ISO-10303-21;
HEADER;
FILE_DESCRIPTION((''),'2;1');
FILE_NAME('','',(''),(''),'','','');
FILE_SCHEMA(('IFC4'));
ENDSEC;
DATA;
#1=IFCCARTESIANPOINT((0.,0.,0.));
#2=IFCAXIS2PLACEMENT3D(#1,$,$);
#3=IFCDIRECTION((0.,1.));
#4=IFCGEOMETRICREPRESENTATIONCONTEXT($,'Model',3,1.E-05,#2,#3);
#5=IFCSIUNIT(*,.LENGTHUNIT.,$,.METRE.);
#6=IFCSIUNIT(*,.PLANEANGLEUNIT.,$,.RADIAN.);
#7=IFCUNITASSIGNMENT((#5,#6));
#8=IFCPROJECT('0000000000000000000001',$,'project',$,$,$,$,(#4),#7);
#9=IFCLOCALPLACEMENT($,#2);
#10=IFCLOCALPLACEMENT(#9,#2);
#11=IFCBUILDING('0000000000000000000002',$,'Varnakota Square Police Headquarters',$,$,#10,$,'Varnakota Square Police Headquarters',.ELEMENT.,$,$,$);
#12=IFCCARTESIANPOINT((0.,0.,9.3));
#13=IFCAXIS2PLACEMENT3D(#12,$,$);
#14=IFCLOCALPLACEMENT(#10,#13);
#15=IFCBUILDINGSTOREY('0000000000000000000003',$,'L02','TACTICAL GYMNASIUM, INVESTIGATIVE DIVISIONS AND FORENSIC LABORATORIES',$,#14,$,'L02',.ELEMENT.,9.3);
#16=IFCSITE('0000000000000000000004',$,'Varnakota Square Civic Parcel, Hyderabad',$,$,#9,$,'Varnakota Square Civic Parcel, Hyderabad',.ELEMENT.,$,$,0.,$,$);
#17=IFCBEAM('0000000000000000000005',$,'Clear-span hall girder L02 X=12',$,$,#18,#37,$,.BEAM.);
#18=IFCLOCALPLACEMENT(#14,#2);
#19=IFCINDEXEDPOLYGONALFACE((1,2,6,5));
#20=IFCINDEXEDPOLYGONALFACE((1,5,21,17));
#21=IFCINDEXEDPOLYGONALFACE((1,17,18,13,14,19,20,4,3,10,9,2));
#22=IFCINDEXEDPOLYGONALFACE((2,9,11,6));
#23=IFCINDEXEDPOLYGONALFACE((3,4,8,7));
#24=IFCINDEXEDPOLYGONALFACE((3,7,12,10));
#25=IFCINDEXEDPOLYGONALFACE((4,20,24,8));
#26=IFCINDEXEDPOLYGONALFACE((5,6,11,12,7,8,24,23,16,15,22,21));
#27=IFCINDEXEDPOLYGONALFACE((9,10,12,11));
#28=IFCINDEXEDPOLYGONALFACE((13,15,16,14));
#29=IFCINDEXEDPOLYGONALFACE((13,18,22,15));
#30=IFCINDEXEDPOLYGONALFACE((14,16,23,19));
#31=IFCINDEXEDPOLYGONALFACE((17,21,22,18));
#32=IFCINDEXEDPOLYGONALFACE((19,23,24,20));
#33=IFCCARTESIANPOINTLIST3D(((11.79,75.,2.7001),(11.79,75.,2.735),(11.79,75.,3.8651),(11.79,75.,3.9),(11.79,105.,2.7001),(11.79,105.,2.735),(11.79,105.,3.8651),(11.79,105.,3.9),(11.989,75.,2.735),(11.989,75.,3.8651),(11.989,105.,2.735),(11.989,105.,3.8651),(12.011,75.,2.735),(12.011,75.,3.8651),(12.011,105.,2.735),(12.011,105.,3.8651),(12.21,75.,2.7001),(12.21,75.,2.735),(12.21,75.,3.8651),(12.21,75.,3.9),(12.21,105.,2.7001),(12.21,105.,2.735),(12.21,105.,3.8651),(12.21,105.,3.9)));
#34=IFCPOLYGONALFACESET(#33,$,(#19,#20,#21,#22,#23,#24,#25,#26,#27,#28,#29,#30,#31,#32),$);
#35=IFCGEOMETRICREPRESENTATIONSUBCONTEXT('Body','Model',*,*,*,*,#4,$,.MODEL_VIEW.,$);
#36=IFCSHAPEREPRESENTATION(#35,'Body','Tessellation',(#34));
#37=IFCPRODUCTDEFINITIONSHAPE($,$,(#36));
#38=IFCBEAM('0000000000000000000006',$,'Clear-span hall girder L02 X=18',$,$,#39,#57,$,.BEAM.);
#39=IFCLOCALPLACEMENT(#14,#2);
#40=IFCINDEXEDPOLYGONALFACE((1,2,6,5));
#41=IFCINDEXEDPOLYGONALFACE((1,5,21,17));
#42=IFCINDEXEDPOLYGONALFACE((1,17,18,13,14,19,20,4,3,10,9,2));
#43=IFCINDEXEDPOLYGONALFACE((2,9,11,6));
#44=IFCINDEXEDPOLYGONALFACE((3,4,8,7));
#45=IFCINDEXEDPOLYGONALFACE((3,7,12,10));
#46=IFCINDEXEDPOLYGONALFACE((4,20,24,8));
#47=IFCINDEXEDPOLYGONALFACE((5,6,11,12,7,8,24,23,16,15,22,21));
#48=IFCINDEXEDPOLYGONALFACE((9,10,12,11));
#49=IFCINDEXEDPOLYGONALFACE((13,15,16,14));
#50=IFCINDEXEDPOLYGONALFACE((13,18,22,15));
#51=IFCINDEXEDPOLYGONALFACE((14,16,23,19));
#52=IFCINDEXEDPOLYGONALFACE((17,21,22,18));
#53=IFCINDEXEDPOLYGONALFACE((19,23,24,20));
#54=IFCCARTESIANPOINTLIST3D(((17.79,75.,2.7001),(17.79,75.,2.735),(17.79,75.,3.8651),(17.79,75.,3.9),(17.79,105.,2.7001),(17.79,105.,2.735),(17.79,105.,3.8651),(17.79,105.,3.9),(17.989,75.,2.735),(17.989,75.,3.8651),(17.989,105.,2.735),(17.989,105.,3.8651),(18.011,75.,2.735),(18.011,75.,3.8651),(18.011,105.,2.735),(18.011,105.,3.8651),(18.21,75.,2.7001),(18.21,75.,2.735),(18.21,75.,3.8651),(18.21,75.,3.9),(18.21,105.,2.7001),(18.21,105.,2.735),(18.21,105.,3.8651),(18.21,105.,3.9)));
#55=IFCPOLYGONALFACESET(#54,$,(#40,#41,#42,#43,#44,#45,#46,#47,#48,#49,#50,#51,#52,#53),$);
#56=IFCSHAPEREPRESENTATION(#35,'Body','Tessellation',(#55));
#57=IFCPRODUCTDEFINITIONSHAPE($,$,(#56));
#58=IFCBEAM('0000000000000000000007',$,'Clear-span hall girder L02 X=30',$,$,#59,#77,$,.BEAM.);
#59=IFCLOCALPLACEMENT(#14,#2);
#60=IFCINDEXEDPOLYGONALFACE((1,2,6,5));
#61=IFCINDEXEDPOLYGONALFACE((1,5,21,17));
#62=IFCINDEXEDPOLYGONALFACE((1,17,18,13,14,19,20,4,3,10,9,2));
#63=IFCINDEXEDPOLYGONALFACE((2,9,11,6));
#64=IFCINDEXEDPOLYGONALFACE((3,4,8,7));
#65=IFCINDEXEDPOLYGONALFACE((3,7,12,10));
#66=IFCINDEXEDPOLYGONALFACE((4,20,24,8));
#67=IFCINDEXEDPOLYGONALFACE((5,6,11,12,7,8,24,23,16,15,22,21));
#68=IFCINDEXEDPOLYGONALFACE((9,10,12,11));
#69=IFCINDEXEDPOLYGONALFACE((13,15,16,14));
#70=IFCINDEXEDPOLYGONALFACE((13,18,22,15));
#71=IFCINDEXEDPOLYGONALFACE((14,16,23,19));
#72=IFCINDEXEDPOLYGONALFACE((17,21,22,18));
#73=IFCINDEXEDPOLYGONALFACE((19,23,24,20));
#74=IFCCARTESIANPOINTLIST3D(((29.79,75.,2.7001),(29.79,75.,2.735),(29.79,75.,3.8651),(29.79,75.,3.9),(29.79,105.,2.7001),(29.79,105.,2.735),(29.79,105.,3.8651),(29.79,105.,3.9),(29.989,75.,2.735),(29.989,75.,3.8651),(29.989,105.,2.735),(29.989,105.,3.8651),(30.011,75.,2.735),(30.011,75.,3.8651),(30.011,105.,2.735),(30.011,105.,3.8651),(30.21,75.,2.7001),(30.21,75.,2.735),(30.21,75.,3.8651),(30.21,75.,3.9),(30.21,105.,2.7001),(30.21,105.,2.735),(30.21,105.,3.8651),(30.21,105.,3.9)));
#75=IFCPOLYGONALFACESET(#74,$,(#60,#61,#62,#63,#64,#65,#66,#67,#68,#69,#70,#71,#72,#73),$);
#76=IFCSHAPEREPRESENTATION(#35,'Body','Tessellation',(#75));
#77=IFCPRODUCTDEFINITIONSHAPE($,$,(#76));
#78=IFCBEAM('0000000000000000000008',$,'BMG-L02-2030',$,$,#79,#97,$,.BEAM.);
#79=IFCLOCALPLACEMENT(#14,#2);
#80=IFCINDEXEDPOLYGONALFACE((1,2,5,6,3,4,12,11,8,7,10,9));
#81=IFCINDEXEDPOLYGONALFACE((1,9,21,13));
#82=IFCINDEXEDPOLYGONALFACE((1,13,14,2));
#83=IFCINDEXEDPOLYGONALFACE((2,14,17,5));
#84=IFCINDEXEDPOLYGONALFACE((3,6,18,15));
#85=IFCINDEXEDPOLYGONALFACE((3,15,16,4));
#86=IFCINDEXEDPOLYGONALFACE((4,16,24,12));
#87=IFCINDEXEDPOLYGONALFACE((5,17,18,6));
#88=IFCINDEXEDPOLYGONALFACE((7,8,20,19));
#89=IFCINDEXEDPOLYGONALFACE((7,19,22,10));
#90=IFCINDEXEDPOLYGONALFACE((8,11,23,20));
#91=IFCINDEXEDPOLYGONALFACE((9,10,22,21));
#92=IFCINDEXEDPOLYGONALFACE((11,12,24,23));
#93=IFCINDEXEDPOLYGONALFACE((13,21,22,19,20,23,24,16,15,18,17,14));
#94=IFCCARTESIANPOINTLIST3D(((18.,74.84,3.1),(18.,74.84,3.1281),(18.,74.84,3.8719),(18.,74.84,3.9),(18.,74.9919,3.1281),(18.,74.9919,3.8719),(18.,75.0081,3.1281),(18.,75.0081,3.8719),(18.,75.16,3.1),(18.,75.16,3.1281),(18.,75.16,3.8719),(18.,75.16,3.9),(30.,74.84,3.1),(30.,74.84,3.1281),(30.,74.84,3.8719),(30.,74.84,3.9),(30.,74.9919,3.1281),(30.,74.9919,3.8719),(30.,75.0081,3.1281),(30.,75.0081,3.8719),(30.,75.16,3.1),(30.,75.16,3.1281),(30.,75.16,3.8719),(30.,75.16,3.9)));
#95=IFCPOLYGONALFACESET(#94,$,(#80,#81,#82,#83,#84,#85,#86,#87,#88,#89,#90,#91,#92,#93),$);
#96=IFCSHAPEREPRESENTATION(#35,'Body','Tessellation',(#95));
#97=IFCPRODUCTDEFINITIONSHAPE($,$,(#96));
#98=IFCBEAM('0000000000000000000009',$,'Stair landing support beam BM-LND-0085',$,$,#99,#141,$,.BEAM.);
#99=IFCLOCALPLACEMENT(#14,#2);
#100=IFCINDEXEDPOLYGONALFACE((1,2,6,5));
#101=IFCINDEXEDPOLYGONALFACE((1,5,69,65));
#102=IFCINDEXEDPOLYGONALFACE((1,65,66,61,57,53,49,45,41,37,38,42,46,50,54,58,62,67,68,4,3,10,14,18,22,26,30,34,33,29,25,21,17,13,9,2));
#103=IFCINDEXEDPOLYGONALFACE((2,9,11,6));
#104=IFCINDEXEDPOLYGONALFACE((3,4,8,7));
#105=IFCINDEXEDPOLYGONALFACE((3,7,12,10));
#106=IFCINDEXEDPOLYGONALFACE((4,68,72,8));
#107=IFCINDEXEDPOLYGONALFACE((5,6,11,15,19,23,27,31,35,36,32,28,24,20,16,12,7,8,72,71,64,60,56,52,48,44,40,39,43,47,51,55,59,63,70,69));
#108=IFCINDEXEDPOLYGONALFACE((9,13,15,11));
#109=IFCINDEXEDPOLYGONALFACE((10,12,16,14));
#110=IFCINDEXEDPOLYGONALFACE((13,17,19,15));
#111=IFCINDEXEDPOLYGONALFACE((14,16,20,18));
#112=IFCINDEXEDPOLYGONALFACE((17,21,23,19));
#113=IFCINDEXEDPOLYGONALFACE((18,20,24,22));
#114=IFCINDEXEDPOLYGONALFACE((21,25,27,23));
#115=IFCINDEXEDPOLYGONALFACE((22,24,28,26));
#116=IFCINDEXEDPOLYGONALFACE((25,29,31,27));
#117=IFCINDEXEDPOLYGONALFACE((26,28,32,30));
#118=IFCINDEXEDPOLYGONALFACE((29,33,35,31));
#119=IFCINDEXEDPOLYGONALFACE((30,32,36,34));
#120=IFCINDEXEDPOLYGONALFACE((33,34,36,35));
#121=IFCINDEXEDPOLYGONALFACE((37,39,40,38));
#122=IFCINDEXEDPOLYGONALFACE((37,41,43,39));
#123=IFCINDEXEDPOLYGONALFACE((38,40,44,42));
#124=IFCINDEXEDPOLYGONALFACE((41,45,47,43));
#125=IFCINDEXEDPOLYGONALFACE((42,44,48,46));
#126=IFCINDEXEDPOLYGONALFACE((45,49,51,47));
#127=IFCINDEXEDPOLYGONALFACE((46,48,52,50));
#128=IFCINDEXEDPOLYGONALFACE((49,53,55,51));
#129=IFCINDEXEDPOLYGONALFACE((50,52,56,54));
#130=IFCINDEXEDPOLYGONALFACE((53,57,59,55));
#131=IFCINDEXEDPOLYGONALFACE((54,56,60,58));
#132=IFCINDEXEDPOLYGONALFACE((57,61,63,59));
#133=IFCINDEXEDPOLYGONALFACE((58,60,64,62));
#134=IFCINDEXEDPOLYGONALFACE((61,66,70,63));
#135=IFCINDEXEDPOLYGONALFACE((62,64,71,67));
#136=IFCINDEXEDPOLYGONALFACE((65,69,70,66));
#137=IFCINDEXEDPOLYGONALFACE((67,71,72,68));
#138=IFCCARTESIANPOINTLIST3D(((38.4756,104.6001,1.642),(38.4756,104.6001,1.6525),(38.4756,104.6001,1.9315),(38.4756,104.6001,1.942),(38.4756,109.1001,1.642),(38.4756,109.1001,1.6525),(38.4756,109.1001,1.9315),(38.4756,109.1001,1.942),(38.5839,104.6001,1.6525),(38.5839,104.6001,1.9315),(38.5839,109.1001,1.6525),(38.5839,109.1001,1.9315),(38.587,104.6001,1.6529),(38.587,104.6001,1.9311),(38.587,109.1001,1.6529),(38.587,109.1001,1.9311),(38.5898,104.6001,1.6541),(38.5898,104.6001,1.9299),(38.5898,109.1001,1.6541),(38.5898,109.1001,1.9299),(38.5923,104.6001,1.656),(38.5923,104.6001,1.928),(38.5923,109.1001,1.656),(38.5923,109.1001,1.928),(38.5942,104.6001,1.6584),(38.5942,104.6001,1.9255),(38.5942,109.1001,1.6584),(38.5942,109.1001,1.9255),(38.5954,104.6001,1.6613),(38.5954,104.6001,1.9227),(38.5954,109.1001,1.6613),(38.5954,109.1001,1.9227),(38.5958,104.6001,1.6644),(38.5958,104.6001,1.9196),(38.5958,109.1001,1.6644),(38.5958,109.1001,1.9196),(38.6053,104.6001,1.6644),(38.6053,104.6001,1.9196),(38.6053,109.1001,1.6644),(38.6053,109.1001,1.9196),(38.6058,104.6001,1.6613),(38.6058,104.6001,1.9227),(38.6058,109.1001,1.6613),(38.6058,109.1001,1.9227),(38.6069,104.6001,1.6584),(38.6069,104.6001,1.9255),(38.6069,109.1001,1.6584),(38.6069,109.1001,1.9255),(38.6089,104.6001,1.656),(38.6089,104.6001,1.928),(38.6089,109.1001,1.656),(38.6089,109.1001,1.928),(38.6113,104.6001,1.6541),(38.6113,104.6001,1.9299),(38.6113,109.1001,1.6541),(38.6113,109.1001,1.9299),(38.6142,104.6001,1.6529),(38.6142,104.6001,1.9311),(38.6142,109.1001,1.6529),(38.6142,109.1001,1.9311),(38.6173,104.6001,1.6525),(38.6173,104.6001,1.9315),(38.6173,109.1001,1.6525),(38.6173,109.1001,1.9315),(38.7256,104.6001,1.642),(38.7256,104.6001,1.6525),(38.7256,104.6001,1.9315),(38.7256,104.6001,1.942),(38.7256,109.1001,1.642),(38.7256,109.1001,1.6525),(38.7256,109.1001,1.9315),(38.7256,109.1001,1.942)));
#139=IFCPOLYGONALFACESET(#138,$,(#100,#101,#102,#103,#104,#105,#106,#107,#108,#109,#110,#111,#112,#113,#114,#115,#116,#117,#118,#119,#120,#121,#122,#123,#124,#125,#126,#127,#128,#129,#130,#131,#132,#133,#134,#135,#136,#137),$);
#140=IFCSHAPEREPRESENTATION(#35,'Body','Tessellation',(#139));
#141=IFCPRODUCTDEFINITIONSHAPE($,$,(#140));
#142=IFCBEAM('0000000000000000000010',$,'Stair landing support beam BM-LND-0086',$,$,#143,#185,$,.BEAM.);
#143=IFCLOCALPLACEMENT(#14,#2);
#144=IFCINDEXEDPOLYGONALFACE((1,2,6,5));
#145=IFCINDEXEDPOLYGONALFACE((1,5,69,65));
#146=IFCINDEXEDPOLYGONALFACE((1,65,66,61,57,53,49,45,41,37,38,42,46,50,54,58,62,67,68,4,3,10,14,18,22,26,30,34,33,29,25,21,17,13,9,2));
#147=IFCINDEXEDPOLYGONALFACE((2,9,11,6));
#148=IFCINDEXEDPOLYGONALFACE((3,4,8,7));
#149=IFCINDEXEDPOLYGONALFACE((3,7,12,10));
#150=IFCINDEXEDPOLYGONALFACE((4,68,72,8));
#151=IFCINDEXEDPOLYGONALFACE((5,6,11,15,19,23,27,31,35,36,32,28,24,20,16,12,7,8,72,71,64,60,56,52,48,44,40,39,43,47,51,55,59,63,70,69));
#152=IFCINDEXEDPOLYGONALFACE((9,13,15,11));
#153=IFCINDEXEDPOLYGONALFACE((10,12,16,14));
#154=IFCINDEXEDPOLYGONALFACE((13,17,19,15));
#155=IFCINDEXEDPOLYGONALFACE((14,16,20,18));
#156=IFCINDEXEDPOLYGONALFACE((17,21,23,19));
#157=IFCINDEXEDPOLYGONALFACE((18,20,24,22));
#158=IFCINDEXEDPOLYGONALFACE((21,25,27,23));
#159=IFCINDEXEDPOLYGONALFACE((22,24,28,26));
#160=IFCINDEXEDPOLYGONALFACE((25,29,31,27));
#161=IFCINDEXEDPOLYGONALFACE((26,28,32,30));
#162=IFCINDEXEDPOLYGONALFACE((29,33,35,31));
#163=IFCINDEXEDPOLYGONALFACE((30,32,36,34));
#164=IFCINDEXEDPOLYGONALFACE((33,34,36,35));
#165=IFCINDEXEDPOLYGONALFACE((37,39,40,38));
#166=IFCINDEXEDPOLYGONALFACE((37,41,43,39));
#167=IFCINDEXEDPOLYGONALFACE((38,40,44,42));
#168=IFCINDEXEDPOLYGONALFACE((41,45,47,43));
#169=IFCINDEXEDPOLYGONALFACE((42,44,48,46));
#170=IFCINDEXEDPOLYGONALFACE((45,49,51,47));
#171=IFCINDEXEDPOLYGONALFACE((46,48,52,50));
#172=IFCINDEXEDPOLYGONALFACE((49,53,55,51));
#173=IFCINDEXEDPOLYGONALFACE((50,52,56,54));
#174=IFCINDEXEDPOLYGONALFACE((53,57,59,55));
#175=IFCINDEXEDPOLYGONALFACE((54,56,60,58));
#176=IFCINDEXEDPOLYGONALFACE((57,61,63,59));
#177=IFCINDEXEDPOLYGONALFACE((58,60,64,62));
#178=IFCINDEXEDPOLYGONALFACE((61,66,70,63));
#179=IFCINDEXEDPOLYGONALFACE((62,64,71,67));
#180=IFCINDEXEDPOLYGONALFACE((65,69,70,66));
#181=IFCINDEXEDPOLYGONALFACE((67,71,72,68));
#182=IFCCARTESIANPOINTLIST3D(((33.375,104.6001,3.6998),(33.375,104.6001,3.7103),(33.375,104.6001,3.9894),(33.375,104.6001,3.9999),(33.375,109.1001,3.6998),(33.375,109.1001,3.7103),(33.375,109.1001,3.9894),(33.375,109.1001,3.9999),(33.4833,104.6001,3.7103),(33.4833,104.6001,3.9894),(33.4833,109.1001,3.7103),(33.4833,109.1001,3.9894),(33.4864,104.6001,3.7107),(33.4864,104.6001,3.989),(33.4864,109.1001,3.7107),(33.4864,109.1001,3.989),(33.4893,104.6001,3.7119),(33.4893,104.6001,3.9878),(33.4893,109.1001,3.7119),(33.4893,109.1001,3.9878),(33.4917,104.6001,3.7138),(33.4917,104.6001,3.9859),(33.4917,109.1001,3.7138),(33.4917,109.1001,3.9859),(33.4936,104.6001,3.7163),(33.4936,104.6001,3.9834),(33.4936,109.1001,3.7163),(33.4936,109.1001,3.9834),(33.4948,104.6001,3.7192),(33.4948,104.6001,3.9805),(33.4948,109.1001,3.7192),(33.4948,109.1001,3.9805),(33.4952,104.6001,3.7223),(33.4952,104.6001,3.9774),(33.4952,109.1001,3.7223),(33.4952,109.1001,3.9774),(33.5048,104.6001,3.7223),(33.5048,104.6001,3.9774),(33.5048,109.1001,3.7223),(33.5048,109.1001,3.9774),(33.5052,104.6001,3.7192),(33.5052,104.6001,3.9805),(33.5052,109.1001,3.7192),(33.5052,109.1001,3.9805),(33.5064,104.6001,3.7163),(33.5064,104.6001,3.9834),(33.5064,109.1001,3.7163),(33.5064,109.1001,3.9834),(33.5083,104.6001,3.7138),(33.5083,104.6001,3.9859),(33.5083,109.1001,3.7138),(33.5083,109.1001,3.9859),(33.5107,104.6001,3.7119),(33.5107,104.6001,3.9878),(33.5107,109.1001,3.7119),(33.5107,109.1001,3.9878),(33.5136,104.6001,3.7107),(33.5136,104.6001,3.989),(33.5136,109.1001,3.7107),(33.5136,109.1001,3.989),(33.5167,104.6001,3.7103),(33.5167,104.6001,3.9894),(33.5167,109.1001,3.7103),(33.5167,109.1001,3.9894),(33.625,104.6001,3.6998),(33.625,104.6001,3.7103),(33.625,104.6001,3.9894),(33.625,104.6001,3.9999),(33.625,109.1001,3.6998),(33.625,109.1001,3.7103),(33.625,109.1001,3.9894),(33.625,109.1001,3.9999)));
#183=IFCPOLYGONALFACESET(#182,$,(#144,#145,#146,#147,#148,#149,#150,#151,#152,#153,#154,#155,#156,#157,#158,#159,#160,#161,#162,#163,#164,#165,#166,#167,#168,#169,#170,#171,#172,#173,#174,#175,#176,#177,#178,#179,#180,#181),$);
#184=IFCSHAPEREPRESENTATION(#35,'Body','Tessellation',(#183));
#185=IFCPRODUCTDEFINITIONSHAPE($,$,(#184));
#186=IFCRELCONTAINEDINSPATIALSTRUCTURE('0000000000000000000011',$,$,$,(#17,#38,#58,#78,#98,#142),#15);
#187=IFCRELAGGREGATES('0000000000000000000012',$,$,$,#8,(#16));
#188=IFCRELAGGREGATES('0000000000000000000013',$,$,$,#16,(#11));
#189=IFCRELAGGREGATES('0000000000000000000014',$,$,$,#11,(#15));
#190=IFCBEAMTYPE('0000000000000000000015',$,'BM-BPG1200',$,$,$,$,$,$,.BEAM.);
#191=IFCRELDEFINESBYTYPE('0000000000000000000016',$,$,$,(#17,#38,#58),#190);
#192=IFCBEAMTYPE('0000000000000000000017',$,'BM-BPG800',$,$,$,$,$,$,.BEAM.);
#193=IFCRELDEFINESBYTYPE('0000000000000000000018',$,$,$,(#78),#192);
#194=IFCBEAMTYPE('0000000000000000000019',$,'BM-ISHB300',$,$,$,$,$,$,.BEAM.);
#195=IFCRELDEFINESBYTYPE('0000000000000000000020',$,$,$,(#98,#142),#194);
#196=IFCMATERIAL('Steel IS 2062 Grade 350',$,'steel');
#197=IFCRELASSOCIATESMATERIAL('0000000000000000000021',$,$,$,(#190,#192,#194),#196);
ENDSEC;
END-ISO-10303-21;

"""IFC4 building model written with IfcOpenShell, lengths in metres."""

from ifc_helpers import new_model, si_unit, direction, frame, origin, origin_2d, place, context, subcontext, project, spatial, i_section, extrude, material, material_profile, profile_set, type_object, element, save


model = new_model("IFC4")

# Units and contexts
model_context = context("Model", 3, precision=1e-05, world=origin(), true_north=direction((0.0, 1.0)))
body_context = subcontext(model_context, "Body", "Model", "MODEL_VIEW")
ifc_project = project(units=[si_unit("LENGTHUNIT", "METRE"), si_unit("PLANEANGLEUNIT", "RADIAN")], contexts=[model_context])

# Site, building, storey
site_placement = place(None, origin())
site = spatial("IfcSite", under=ifc_project, at=site_placement, Name="Varnakota Square Civic Parcel, Hyderabad", LongName="Varnakota Square Civic Parcel, Hyderabad", CompositionType="ELEMENT", RefElevation=0.0)
building_placement = place(site_placement, origin())
building = spatial("IfcBuilding", under=site, at=building_placement, Name="Varnakota Square Police Headquarters", LongName="Varnakota Square Police Headquarters", CompositionType="ELEMENT")
storey_placement = place(building_placement, frame((0.0, 0.0, 9.3)))
storey = spatial("IfcBuildingStorey", under=building, at=storey_placement, Name="L02", Description="TACTICAL GYMNASIUM, INVESTIGATIVE DIVISIONS AND FORENSIC LABORATORIES", LongName="L02", CompositionType="ELEMENT", Elevation=9.3)

# Shared definitions
ifc_material_1 = material(Name="Steel IS 2062 Grade 350", Category="steel")

# Beams
ifc_material_profile_1 = material_profile(ifc_material_1, i_section(OverallWidth=0.4199, OverallDepth=1.2, WebThickness=0.022, FlangeThickness=0.0349, at=origin_2d()), Name="BPG 1200x420")
ifc_profile_set_1 = profile_set([ifc_material_profile_1], Name="Steel IS 2062 Grade 350")
beam_type_1 = type_object("IfcBeamType", Name="BM-BPG1200", PredefinedType="BEAM", material=ifc_profile_set_1)
for number, where, z_axis, x_axis, name in (
    (1, (12.0, 75.0, 3.3), (0.0, 1.0, 0.0), (-1.0, 0.0, 0.0), "Clear-span hall girder L02 X=12"),
    (2, (18.0, 75.0, 3.3), (0.0, 1.0, 0.0), (-1.0, 0.0, 0.0), "Clear-span hall girder L02 X=18"),
    (3, (30.0, 75.0, 3.3), (0.0, 1.0, 0.0), (-1.0, 0.0, 0.0), "Clear-span hall girder L02 X=30"),
):
    element("IfcBeam", number, at=place(storey_placement, frame(where, z_axis=z_axis, x_axis=x_axis)), inside=storey, type_object=beam_type_1, Name=name, PredefinedType="BEAM", context=body_context, shape_type="SweptSolid", body=[
        extrude(i_section(OverallWidth=0.4199, OverallDepth=1.2, WebThickness=0.022, FlangeThickness=0.0349, at=origin_2d()), origin(), (0.0, 0.0, 1.0), 30.0),
    ])
ifc_material_profile_2 = material_profile(ifc_material_1, i_section(OverallWidth=0.3201, OverallDepth=0.8, WebThickness=0.0161, FlangeThickness=0.0281, at=origin_2d()), Name="BPG 800x320")
ifc_profile_set_2 = profile_set([ifc_material_profile_2], Name="Steel IS 2062 Grade 350")
beam_type_2 = type_object("IfcBeamType", Name="BM-BPG800", PredefinedType="BEAM", material=ifc_profile_set_2)
beam_1_placement = place(storey_placement, frame((18.0, 75.0, 3.5), z_axis=(1.0, 0.0, 0.0), x_axis=(0.0, 1.0, 0.0)))
element("IfcBeam", 4, at=beam_1_placement, inside=storey, type_object=beam_type_2, Name="BMG-L02-2030", PredefinedType="BEAM", context=body_context, shape_type="SweptSolid", body=[
    extrude(i_section(OverallWidth=0.3201, OverallDepth=0.8, WebThickness=0.0161, FlangeThickness=0.0281, at=origin_2d()), origin(), (0.0, 0.0, 1.0), 12.0),
])
ifc_material_profile_3 = material_profile(ifc_material_1, i_section(OverallWidth=0.25, OverallDepth=0.3, WebThickness=0.0095, FlangeThickness=0.0105, FilletRadius=0.012, at=origin_2d()), Name="ISHB 300")
ifc_profile_set_3 = profile_set([ifc_material_profile_3], Name="Steel IS 2062 Grade 350")
beam_type_3 = type_object("IfcBeamType", Name="BM-ISHB300", PredefinedType="BEAM", material=ifc_profile_set_3)
for number, where, z_axis, x_axis, name in (
    (5, (38.6006, 104.6001, 1.792), (0.0, 1.0, 0.0), (-1.0, 0.0, 0.0), "Stair landing support beam BM-LND-0085"),
    (6, (33.5, 104.6001, 3.8499), (0.0, 1.0, 0.0), (-1.0, 0.0, 0.0), "Stair landing support beam BM-LND-0086"),
):
    element("IfcBeam", number, at=place(storey_placement, frame(where, z_axis=z_axis, x_axis=x_axis)), inside=storey, type_object=beam_type_3, Name=name, PredefinedType="BEAM", context=body_context, shape_type="SweptSolid", body=[
        extrude(i_section(OverallWidth=0.25, OverallDepth=0.3, WebThickness=0.0095, FlangeThickness=0.0105, FilletRadius=0.012, at=origin_2d()), origin(), (0.0, 0.0, 1.0), 4.5),
    ])

save(model, "model.ifc")
